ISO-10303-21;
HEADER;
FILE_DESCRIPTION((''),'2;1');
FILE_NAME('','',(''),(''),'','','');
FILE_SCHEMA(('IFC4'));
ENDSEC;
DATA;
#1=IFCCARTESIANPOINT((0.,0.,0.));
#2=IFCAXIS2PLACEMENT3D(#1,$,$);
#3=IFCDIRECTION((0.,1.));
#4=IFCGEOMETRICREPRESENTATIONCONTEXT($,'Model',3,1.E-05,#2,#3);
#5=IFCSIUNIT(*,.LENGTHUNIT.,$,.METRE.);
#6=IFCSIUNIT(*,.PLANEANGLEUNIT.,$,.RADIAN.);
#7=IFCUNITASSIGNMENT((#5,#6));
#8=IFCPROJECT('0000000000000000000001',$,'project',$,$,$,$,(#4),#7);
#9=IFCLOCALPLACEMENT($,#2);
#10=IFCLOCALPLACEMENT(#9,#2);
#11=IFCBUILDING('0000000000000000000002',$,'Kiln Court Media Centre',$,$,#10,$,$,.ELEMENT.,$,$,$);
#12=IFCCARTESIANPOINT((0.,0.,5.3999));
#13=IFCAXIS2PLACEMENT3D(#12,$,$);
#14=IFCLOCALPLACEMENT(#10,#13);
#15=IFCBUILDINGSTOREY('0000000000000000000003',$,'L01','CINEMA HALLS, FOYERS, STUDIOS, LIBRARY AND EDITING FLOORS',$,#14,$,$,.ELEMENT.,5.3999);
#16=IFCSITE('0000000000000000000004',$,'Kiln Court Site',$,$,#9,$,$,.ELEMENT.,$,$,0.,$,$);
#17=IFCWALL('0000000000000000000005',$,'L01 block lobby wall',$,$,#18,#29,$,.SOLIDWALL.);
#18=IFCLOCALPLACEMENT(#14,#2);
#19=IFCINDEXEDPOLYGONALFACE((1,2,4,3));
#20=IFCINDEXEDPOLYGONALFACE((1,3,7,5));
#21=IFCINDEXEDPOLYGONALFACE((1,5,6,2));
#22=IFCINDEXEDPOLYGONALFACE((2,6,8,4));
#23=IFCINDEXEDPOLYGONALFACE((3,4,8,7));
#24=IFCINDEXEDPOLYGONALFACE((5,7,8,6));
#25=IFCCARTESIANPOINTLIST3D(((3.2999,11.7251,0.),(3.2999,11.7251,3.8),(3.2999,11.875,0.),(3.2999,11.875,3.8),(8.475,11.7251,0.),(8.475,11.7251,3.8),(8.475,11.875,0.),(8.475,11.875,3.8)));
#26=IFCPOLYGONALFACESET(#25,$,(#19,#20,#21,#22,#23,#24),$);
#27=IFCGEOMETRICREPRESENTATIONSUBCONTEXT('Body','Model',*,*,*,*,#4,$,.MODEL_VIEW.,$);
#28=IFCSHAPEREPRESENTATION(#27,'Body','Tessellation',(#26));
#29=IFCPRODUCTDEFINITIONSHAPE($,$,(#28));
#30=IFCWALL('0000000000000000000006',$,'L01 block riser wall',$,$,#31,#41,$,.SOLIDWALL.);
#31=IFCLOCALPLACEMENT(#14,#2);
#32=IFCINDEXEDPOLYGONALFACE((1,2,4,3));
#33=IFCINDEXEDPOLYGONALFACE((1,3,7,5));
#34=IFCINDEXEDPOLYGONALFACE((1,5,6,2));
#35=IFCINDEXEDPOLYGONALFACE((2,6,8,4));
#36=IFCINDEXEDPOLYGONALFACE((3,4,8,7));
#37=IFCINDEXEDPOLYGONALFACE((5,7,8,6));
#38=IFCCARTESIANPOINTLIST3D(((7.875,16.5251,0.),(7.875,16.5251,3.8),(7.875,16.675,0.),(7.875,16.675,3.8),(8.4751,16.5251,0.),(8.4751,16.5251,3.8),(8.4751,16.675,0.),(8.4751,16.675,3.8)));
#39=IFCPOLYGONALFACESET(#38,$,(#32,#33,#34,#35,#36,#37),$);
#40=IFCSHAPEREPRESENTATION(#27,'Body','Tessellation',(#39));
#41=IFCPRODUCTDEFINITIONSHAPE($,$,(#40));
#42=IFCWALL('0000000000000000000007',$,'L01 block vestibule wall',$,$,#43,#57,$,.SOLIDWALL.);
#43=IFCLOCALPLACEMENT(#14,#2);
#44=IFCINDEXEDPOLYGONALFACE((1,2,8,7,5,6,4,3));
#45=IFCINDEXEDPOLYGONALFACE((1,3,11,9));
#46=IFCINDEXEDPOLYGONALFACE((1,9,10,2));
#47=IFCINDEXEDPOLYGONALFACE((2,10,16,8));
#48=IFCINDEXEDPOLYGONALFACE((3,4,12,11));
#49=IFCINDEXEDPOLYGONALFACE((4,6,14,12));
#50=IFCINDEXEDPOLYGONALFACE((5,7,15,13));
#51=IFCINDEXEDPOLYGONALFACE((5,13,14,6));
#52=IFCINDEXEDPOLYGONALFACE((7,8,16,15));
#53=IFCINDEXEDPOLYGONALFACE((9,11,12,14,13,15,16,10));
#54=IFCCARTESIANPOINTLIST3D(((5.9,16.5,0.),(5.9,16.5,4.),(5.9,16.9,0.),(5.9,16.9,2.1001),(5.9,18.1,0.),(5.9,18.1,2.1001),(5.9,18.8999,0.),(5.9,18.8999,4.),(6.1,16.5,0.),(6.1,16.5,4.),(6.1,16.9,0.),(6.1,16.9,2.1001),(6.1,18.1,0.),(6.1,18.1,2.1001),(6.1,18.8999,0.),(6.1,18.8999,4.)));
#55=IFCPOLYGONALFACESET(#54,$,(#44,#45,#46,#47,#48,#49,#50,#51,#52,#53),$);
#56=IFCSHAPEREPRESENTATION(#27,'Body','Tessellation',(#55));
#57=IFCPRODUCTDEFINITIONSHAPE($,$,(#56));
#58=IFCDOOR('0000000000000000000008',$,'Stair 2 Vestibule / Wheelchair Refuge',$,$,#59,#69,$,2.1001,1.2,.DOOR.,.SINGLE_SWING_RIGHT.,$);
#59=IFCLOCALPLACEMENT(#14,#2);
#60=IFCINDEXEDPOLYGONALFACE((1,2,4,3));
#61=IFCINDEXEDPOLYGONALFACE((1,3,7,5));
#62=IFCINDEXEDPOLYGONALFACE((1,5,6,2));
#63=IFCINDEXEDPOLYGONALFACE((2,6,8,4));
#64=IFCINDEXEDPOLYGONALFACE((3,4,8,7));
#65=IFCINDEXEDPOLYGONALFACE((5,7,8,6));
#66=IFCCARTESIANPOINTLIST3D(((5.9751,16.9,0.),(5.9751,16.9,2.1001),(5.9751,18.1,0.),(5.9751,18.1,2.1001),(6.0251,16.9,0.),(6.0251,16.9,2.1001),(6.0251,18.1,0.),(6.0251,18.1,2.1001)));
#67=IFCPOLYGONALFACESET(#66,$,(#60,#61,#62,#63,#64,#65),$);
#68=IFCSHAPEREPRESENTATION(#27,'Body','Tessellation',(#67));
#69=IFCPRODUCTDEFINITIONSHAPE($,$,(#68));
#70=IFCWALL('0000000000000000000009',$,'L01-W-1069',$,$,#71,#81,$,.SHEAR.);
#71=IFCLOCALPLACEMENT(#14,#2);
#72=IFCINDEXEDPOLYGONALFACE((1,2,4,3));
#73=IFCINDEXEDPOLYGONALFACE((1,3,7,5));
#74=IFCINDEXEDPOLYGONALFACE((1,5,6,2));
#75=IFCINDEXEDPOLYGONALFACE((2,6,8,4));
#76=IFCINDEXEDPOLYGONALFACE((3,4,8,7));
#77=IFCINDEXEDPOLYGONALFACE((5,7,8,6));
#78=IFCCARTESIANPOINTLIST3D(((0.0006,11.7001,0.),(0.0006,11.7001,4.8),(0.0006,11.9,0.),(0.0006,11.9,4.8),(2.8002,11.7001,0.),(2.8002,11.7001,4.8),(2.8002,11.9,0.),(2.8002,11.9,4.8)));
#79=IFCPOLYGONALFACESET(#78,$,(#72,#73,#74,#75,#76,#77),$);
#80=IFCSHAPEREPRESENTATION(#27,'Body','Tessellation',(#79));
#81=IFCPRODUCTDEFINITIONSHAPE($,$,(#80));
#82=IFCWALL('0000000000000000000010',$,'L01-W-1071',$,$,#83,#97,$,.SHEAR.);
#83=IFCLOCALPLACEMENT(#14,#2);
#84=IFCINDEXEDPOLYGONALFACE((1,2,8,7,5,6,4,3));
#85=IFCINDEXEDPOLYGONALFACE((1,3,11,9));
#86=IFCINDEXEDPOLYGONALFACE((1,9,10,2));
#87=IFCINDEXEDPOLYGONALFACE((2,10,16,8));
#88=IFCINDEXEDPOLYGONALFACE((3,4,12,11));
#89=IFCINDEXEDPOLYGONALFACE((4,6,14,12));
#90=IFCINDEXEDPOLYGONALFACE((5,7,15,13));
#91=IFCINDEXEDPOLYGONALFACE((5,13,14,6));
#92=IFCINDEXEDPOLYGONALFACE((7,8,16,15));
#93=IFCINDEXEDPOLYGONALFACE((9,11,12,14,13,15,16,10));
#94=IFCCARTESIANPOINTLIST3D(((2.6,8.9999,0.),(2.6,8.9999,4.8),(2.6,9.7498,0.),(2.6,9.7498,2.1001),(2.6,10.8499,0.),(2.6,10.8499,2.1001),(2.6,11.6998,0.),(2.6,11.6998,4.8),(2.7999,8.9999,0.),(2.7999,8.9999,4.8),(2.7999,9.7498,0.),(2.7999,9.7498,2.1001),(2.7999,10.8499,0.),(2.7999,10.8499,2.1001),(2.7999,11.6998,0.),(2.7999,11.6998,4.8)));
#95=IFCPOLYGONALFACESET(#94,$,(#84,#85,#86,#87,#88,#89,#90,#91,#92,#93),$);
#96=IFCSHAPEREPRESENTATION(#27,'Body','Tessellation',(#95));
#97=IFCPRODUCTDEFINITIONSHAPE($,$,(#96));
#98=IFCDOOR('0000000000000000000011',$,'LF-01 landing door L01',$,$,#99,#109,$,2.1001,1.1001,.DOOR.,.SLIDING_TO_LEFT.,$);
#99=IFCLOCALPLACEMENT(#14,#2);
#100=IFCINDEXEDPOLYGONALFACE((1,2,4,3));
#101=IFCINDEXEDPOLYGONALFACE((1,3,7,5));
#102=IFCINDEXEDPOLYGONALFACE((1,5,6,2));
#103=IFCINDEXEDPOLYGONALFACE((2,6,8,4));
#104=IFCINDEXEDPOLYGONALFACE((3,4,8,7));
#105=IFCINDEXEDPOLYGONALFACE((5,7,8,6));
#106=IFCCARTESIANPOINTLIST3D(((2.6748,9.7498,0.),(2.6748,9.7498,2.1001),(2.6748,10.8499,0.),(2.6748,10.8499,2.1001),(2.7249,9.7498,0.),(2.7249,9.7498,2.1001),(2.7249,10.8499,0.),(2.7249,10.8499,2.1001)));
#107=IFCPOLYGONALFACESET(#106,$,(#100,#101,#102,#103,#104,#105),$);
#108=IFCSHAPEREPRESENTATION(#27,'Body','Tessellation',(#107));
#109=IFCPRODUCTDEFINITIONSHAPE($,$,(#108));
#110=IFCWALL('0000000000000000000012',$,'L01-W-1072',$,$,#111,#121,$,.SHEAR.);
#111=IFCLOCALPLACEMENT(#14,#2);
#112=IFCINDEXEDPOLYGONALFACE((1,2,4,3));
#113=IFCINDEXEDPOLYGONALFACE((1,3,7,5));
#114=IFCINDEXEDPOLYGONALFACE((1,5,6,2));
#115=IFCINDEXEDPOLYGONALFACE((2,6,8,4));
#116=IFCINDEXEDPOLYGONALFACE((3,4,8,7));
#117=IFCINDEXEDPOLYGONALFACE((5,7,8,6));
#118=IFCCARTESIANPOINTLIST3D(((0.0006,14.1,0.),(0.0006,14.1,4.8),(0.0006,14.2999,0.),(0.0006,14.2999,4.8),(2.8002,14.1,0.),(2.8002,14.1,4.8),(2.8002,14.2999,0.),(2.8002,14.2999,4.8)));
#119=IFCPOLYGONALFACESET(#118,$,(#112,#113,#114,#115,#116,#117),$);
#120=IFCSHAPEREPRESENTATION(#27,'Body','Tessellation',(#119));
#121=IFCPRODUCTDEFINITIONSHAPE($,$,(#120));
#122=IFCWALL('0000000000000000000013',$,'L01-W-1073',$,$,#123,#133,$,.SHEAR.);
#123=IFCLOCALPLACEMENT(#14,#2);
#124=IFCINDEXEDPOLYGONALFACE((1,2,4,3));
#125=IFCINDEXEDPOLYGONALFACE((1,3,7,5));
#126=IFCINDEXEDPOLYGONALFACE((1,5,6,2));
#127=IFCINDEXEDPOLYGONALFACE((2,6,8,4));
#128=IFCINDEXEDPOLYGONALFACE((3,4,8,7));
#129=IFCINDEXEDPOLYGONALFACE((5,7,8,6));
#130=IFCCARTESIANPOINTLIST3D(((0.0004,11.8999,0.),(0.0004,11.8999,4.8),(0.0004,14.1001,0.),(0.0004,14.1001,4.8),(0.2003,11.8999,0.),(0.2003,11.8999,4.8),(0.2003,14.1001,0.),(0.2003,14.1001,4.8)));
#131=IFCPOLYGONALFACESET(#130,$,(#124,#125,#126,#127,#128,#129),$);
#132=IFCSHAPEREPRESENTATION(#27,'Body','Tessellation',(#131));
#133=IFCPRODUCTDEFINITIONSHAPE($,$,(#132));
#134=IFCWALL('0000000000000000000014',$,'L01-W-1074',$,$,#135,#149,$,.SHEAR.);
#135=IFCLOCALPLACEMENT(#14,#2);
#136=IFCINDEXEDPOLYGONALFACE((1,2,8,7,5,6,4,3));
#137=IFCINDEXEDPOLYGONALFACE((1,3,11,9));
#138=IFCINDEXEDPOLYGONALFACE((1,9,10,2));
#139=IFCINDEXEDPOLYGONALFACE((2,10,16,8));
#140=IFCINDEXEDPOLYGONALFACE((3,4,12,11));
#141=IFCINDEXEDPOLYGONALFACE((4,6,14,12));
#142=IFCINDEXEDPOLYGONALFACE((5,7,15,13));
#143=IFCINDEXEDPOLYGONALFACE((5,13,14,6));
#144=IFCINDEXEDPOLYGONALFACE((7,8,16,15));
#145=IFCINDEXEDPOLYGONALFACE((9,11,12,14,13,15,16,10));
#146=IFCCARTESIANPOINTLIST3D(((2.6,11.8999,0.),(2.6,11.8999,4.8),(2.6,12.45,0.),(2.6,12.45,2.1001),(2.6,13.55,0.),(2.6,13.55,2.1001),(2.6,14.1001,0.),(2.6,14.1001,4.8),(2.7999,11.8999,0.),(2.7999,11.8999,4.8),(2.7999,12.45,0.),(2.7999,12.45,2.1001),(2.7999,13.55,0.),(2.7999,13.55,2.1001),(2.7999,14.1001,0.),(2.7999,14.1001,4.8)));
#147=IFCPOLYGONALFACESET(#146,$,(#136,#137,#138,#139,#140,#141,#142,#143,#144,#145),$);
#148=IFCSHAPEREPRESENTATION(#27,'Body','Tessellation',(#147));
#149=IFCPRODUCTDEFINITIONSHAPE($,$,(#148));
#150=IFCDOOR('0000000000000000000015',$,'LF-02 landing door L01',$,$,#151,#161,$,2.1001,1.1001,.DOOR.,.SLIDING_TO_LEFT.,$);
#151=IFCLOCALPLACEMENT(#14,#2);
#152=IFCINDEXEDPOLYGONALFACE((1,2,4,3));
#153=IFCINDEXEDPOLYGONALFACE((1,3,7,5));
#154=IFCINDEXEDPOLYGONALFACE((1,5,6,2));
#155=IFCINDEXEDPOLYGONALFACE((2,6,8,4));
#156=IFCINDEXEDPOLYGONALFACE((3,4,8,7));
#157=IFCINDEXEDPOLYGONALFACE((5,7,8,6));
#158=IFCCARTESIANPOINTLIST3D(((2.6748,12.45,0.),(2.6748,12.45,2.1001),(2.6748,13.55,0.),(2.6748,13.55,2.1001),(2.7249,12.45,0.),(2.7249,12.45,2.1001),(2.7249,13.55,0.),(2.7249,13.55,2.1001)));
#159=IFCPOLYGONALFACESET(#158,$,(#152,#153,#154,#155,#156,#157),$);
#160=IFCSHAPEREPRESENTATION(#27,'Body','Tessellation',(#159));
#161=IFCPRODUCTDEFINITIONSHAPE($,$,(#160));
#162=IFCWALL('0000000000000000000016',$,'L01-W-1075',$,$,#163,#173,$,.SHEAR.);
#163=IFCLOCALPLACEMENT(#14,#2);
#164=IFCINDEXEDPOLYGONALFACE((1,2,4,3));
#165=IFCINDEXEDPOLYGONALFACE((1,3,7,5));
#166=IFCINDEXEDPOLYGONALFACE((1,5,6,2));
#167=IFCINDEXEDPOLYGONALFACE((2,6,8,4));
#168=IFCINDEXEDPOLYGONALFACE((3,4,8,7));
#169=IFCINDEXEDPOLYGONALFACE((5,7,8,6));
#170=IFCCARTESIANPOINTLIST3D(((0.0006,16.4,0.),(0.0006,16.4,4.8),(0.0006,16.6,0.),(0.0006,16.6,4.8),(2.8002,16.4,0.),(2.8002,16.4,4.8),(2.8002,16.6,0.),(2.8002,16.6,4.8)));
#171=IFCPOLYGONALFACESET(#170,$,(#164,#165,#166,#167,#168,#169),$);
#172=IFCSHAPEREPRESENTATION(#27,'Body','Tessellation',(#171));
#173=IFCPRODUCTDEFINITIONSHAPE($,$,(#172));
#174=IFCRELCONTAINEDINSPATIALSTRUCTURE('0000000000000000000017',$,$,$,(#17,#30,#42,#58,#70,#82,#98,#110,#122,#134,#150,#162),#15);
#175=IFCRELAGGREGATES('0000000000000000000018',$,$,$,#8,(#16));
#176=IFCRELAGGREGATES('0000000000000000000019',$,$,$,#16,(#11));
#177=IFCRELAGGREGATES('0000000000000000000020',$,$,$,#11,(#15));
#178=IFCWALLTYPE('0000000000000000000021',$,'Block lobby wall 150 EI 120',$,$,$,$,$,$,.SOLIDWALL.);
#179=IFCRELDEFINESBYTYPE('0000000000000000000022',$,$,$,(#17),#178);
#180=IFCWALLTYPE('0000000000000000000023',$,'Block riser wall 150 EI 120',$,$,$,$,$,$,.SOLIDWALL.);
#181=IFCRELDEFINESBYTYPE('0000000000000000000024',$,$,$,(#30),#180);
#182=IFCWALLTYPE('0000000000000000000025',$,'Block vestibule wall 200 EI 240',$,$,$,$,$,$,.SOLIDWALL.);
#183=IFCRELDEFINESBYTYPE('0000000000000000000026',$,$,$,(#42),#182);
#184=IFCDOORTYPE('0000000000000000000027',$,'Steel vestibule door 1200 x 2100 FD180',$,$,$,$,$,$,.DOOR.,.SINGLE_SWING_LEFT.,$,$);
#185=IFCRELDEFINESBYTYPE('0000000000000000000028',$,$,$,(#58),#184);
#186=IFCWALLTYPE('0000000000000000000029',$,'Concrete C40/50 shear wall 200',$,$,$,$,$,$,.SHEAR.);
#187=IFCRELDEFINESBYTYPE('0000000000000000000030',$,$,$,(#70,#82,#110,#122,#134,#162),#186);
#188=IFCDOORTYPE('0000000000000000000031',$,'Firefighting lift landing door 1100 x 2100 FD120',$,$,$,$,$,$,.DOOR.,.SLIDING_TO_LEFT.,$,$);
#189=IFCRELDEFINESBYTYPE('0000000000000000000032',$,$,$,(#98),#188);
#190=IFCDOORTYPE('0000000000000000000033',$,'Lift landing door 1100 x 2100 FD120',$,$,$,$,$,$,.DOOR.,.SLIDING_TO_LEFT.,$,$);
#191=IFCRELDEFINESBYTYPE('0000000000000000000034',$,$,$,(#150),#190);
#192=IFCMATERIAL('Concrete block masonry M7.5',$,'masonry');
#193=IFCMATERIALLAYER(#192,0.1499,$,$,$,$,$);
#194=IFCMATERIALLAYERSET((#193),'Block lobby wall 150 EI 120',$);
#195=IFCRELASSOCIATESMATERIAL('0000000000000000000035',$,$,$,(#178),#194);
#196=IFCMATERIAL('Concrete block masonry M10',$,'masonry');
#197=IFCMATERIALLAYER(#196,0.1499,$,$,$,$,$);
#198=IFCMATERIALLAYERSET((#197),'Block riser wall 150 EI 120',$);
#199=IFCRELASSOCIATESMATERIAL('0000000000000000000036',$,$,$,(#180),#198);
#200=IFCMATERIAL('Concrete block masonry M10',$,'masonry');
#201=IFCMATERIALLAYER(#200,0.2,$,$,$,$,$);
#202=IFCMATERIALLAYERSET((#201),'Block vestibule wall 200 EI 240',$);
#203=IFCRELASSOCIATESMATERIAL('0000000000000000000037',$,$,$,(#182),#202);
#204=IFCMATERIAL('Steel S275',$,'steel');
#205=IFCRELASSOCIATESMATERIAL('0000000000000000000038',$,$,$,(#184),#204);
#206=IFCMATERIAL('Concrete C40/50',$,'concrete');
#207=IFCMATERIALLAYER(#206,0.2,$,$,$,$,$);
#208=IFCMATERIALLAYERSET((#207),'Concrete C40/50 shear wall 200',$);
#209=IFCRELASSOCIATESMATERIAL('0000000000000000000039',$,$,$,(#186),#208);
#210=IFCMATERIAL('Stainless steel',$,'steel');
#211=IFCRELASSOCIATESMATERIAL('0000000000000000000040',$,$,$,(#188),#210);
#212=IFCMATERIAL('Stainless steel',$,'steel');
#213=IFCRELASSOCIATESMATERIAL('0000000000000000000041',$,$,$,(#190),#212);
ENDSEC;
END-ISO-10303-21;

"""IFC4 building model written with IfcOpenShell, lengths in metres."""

from ifc_helpers import new_model, si_unit, direction, frame, frame_2d, origin, place, context, subcontext, project, spatial, rectangle, extrude, material, layer, layer_set, type_object, element, fill, save


model = new_model("IFC4")

# Units and contexts
model_context = context("Model", 3, precision=1e-05, world=origin(), true_north=direction((0.0, 1.0)))
body_context = subcontext(model_context, "Body", "Model", "MODEL_VIEW")
ifc_project = project(units=[si_unit("LENGTHUNIT", "METRE"), si_unit("PLANEANGLEUNIT", "RADIAN")], contexts=[model_context])

# Site, building, storey
site_placement = place(None, origin())
site = spatial("IfcSite", under=ifc_project, at=site_placement, Name="Kiln Court Site", CompositionType="ELEMENT", RefElevation=0.0)
building_placement = place(site_placement, origin())
building = spatial("IfcBuilding", under=site, at=building_placement, Name="Kiln Court Media Centre", CompositionType="ELEMENT")
storey_placement = place(building_placement, frame((0.0, 0.0, 5.3999)))
storey = spatial("IfcBuildingStorey", under=building, at=storey_placement, Name="L01", Description="CINEMA HALLS, FOYERS, STUDIOS, LIBRARY AND EDITING FLOORS", CompositionType="ELEMENT", Elevation=5.3999)

# Walls
ifc_material_1 = material(Name="Concrete block masonry M7.5", Category="masonry")
ifc_layer_1 = layer(ifc_material_1, 0.1499)
ifc_layer_set_1 = layer_set([ifc_layer_1], Name="Block lobby wall 150 EI 120")
wall_type_1 = type_object("IfcWallType", Name="Block lobby wall 150 EI 120", PredefinedType="SOLIDWALL", material=ifc_layer_set_1)
wall_1_placement = place(storey_placement, frame((3.3, 11.8, 0.0), z_axis=(0.0, 0.0, 1.0), x_axis=(1.0, 0.0, 0.0)))
element("IfcWall", 1, at=wall_1_placement, inside=storey, type_object=wall_type_1, Name="L01 block lobby wall", PredefinedType="SOLIDWALL", context=body_context, shape_type="SweptSolid", body=[
    extrude(rectangle(XDim=5.175, YDim=0.1499, at=frame_2d((2.5874, 0.0))), origin(), (0.0, 0.0, 1.0), 3.8),
])
ifc_material_2 = material(Name="Concrete block masonry M10", Category="masonry")
ifc_layer_2 = layer(ifc_material_2, 0.1499)
ifc_layer_set_2 = layer_set([ifc_layer_2], Name="Block riser wall 150 EI 120")
wall_type_2 = type_object("IfcWallType", Name="Block riser wall 150 EI 120", PredefinedType="SOLIDWALL", material=ifc_layer_set_2)
wall_2_placement = place(storey_placement, frame((7.875, 16.6001, 0.0), z_axis=(0.0, 0.0, 1.0), x_axis=(1.0, 0.0, 0.0)))
element("IfcWall", 2, at=wall_2_placement, inside=storey, type_object=wall_type_2, Name="L01 block riser wall", PredefinedType="SOLIDWALL", context=body_context, shape_type="SweptSolid", body=[
    extrude(rectangle(XDim=0.6001, YDim=0.1499, at=frame_2d((0.3, 0.0))), origin(), (0.0, 0.0, 1.0), 3.8),
])

# Wall, opening, door
ifc_material_3 = material(Name="Concrete block masonry M10", Category="masonry")
ifc_layer_3 = layer(ifc_material_3, 0.2)
ifc_layer_set_3 = layer_set([ifc_layer_3], Name="Block vestibule wall 200 EI 240")
wall_type_3 = type_object("IfcWallType", Name="Block vestibule wall 200 EI 240", PredefinedType="SOLIDWALL", material=ifc_layer_set_3)
wall_3_placement = place(storey_placement, frame((6.0, 16.5, 0.0), z_axis=(0.0, 0.0, 1.0), x_axis=(0.0, 1.0, 0.0)))
wall_3 = element("IfcWall", 3, at=wall_3_placement, inside=storey, type_object=wall_type_3, Name="L01 block vestibule wall", PredefinedType="SOLIDWALL", context=body_context, shape_type="SweptSolid", body=[
    extrude(rectangle(XDim=2.3999, YDim=0.2, at=frame_2d((1.2, 0.0))), origin(), (0.0, 0.0, 1.0), 4.0),
])
opening_1_placement = place(wall_3_placement, frame((0.3999, 0.0, 0.0)))
opening_1 = element("IfcOpeningElement", 4, at=opening_1_placement, cuts=wall_3, PredefinedType="OPENING", context=body_context, shape_type="SweptSolid", body=[
    extrude(rectangle(XDim=1.2, YDim=2.1001, at=frame_2d((0.6001, 1.05))), frame((0.0, 0.1099, 0.0), z_axis=(0.0, -1.0, 0.0), x_axis=(1.0, 0.0, 0.0)), (0.0, 0.0, 1.0), 0.22),
])
ifc_material_4 = material(Name="Steel S275", Category="steel")
door_type_1 = type_object("IfcDoorType", Name="Steel vestibule door 1200 x 2100 FD180", OperationType="SINGLE_SWING_LEFT", PredefinedType="DOOR", material=ifc_material_4)
door_1_placement = place(opening_1_placement, origin())
door_1 = element("IfcDoor", 5, at=door_1_placement, inside=storey, type_object=door_type_1, Name="Stair 2 Vestibule / Wheelchair Refuge", OperationType="SINGLE_SWING_RIGHT", OverallHeight=2.1001, OverallWidth=1.2, PredefinedType="DOOR", context=body_context, shape_type="SweptSolid", body=[
    extrude(rectangle(XDim=1.2, YDim=2.1001, at=frame_2d((0.6001, 1.05))), frame((0.0, 0.0249, 0.0), z_axis=(0.0, -1.0, 0.0), x_axis=(1.0, 0.0, 0.0)), (0.0, 0.0, 1.0), 0.05),
])
fill(opening_1, door_1)

# Wall
ifc_material_5 = material(Name="Concrete C40/50", Category="concrete")
ifc_layer_4 = layer(ifc_material_5, 0.2)
ifc_layer_set_4 = layer_set([ifc_layer_4], Name="Concrete C40/50 shear wall 200")
wall_type_4 = type_object("IfcWallType", Name="Concrete C40/50 shear wall 200", PredefinedType="SHEAR", material=ifc_layer_set_4)
wall_4_placement = place(storey_placement, frame((0.0005, 11.8, 0.0), z_axis=(0.0, 0.0, 1.0), x_axis=(1.0, 0.0, 0.0)))
element("IfcWall", 6, at=wall_4_placement, inside=storey, type_object=wall_type_4, Name="L01-W-1069", PredefinedType="SHEAR", context=body_context, shape_type="SweptSolid", body=[
    extrude(rectangle(XDim=2.7996, YDim=0.2, at=frame_2d((1.3999, 0.0))), origin(), (0.0, 0.0, 1.0), 4.8),
])

# Wall, opening, door
wall_5_placement = place(storey_placement, frame((2.7, 11.7, 0.0), z_axis=(0.0, 0.0, 1.0), x_axis=(0.0, -1.0, 0.0)))
wall_5 = element("IfcWall", 7, at=wall_5_placement, inside=storey, type_object=wall_type_4, Name="L01-W-1071", PredefinedType="SHEAR", context=body_context, shape_type="SweptSolid", body=[
    extrude(rectangle(XDim=2.7, YDim=0.2, at=frame_2d((1.3501, 0.0))), origin(), (0.0, 0.0, 1.0), 4.8),
])
opening_2_placement = place(wall_5_placement, frame((0.8501, 0.0, 0.0)))
opening_2 = element("IfcOpeningElement", 8, at=opening_2_placement, cuts=wall_5, PredefinedType="OPENING", context=body_context, shape_type="SweptSolid", body=[
    extrude(rectangle(XDim=1.1001, YDim=2.1001, at=frame_2d((0.55, 1.05))), frame((0.0, 0.1099, 0.0), z_axis=(0.0, -1.0, 0.0), x_axis=(1.0, 0.0, 0.0)), (0.0, 0.0, 1.0), 0.22),
])
ifc_material_6 = material(Name="Stainless steel", Category="steel")
door_type_2 = type_object("IfcDoorType", Name="Firefighting lift landing door 1100 x 2100 FD120", OperationType="SLIDING_TO_LEFT", PredefinedType="DOOR", material=ifc_material_6)
door_2_placement = place(opening_2_placement, origin())
door_2 = element("IfcDoor", 9, at=door_2_placement, inside=storey, type_object=door_type_2, Name="LF-01 landing door L01", OperationType="SLIDING_TO_LEFT", OverallHeight=2.1001, OverallWidth=1.1001, PredefinedType="DOOR", context=body_context, shape_type="SweptSolid", body=[
    extrude(rectangle(XDim=1.1001, YDim=2.1001, at=frame_2d((0.55, 1.05))), frame((0.0, 0.0249, 0.0), z_axis=(0.0, -1.0, 0.0), x_axis=(1.0, 0.0, 0.0)), (0.0, 0.0, 1.0), 0.05),
])
fill(opening_2, door_2)

# Walls
wall_6_placement = place(storey_placement, frame((0.0005, 14.2, 0.0), z_axis=(0.0, 0.0, 1.0), x_axis=(1.0, 0.0, 0.0)))
element("IfcWall", 10, at=wall_6_placement, inside=storey, type_object=wall_type_4, Name="L01-W-1072", PredefinedType="SHEAR", context=body_context, shape_type="SweptSolid", body=[
    extrude(rectangle(XDim=2.7996, YDim=0.2, at=frame_2d((1.3999, 0.0))), origin(), (0.0, 0.0, 1.0), 4.8),
])
wall_7_placement = place(storey_placement, frame((0.1003, 11.8999, 0.0), z_axis=(0.0, 0.0, 1.0), x_axis=(0.0, 1.0, 0.0)))
element("IfcWall", 11, at=wall_7_placement, inside=storey, type_object=wall_type_4, Name="L01-W-1073", PredefinedType="SHEAR", context=body_context, shape_type="SweptSolid", body=[
    extrude(rectangle(XDim=2.2002, YDim=0.2, at=frame_2d((1.1001, 0.0))), origin(), (0.0, 0.0, 1.0), 4.8),
])

# Wall, opening, door
wall_8_placement = place(storey_placement, frame((2.7, 14.1001, 0.0), z_axis=(0.0, 0.0, 1.0), x_axis=(0.0, -1.0, 0.0)))
wall_8 = element("IfcWall", 12, at=wall_8_placement, inside=storey, type_object=wall_type_4, Name="L01-W-1074", PredefinedType="SHEAR", context=body_context, shape_type="SweptSolid", body=[
    extrude(rectangle(XDim=2.2002, YDim=0.2, at=frame_2d((1.1001, 0.0))), origin(), (0.0, 0.0, 1.0), 4.8),
])
opening_3_placement = place(wall_8_placement, frame((0.55, 0.0, 0.0)))
opening_3 = element("IfcOpeningElement", 13, at=opening_3_placement, cuts=wall_8, PredefinedType="OPENING", context=body_context, shape_type="SweptSolid", body=[
    extrude(rectangle(XDim=1.1001, YDim=2.1001, at=frame_2d((0.55, 1.05))), frame((0.0, 0.1099, 0.0), z_axis=(0.0, -1.0, 0.0), x_axis=(1.0, 0.0, 0.0)), (0.0, 0.0, 1.0), 0.22),
])
ifc_material_7 = material(Name="Stainless steel", Category="steel")
door_type_3 = type_object("IfcDoorType", Name="Lift landing door 1100 x 2100 FD120", OperationType="SLIDING_TO_LEFT", PredefinedType="DOOR", material=ifc_material_7)
door_3_placement = place(opening_3_placement, origin())
door_3 = element("IfcDoor", 14, at=door_3_placement, inside=storey, type_object=door_type_3, Name="LF-02 landing door L01", OperationType="SLIDING_TO_LEFT", OverallHeight=2.1001, OverallWidth=1.1001, PredefinedType="DOOR", context=body_context, shape_type="SweptSolid", body=[
    extrude(rectangle(XDim=1.1001, YDim=2.1001, at=frame_2d((0.55, 1.05))), frame((0.0, 0.0249, 0.0), z_axis=(0.0, -1.0, 0.0), x_axis=(1.0, 0.0, 0.0)), (0.0, 0.0, 1.0), 0.05),
])
fill(opening_3, door_3)

# Wall
wall_9_placement = place(storey_placement, frame((0.0005, 16.5, 0.0), z_axis=(0.0, 0.0, 1.0), x_axis=(1.0, 0.0, 0.0)))
element("IfcWall", 15, at=wall_9_placement, inside=storey, type_object=wall_type_4, Name="L01-W-1075", PredefinedType="SHEAR", context=body_context, shape_type="SweptSolid", body=[
    extrude(rectangle(XDim=2.7996, YDim=0.2, at=frame_2d((1.3999, 0.0))), origin(), (0.0, 0.0, 1.0), 4.8),
])

save(model, "model.ifc")
